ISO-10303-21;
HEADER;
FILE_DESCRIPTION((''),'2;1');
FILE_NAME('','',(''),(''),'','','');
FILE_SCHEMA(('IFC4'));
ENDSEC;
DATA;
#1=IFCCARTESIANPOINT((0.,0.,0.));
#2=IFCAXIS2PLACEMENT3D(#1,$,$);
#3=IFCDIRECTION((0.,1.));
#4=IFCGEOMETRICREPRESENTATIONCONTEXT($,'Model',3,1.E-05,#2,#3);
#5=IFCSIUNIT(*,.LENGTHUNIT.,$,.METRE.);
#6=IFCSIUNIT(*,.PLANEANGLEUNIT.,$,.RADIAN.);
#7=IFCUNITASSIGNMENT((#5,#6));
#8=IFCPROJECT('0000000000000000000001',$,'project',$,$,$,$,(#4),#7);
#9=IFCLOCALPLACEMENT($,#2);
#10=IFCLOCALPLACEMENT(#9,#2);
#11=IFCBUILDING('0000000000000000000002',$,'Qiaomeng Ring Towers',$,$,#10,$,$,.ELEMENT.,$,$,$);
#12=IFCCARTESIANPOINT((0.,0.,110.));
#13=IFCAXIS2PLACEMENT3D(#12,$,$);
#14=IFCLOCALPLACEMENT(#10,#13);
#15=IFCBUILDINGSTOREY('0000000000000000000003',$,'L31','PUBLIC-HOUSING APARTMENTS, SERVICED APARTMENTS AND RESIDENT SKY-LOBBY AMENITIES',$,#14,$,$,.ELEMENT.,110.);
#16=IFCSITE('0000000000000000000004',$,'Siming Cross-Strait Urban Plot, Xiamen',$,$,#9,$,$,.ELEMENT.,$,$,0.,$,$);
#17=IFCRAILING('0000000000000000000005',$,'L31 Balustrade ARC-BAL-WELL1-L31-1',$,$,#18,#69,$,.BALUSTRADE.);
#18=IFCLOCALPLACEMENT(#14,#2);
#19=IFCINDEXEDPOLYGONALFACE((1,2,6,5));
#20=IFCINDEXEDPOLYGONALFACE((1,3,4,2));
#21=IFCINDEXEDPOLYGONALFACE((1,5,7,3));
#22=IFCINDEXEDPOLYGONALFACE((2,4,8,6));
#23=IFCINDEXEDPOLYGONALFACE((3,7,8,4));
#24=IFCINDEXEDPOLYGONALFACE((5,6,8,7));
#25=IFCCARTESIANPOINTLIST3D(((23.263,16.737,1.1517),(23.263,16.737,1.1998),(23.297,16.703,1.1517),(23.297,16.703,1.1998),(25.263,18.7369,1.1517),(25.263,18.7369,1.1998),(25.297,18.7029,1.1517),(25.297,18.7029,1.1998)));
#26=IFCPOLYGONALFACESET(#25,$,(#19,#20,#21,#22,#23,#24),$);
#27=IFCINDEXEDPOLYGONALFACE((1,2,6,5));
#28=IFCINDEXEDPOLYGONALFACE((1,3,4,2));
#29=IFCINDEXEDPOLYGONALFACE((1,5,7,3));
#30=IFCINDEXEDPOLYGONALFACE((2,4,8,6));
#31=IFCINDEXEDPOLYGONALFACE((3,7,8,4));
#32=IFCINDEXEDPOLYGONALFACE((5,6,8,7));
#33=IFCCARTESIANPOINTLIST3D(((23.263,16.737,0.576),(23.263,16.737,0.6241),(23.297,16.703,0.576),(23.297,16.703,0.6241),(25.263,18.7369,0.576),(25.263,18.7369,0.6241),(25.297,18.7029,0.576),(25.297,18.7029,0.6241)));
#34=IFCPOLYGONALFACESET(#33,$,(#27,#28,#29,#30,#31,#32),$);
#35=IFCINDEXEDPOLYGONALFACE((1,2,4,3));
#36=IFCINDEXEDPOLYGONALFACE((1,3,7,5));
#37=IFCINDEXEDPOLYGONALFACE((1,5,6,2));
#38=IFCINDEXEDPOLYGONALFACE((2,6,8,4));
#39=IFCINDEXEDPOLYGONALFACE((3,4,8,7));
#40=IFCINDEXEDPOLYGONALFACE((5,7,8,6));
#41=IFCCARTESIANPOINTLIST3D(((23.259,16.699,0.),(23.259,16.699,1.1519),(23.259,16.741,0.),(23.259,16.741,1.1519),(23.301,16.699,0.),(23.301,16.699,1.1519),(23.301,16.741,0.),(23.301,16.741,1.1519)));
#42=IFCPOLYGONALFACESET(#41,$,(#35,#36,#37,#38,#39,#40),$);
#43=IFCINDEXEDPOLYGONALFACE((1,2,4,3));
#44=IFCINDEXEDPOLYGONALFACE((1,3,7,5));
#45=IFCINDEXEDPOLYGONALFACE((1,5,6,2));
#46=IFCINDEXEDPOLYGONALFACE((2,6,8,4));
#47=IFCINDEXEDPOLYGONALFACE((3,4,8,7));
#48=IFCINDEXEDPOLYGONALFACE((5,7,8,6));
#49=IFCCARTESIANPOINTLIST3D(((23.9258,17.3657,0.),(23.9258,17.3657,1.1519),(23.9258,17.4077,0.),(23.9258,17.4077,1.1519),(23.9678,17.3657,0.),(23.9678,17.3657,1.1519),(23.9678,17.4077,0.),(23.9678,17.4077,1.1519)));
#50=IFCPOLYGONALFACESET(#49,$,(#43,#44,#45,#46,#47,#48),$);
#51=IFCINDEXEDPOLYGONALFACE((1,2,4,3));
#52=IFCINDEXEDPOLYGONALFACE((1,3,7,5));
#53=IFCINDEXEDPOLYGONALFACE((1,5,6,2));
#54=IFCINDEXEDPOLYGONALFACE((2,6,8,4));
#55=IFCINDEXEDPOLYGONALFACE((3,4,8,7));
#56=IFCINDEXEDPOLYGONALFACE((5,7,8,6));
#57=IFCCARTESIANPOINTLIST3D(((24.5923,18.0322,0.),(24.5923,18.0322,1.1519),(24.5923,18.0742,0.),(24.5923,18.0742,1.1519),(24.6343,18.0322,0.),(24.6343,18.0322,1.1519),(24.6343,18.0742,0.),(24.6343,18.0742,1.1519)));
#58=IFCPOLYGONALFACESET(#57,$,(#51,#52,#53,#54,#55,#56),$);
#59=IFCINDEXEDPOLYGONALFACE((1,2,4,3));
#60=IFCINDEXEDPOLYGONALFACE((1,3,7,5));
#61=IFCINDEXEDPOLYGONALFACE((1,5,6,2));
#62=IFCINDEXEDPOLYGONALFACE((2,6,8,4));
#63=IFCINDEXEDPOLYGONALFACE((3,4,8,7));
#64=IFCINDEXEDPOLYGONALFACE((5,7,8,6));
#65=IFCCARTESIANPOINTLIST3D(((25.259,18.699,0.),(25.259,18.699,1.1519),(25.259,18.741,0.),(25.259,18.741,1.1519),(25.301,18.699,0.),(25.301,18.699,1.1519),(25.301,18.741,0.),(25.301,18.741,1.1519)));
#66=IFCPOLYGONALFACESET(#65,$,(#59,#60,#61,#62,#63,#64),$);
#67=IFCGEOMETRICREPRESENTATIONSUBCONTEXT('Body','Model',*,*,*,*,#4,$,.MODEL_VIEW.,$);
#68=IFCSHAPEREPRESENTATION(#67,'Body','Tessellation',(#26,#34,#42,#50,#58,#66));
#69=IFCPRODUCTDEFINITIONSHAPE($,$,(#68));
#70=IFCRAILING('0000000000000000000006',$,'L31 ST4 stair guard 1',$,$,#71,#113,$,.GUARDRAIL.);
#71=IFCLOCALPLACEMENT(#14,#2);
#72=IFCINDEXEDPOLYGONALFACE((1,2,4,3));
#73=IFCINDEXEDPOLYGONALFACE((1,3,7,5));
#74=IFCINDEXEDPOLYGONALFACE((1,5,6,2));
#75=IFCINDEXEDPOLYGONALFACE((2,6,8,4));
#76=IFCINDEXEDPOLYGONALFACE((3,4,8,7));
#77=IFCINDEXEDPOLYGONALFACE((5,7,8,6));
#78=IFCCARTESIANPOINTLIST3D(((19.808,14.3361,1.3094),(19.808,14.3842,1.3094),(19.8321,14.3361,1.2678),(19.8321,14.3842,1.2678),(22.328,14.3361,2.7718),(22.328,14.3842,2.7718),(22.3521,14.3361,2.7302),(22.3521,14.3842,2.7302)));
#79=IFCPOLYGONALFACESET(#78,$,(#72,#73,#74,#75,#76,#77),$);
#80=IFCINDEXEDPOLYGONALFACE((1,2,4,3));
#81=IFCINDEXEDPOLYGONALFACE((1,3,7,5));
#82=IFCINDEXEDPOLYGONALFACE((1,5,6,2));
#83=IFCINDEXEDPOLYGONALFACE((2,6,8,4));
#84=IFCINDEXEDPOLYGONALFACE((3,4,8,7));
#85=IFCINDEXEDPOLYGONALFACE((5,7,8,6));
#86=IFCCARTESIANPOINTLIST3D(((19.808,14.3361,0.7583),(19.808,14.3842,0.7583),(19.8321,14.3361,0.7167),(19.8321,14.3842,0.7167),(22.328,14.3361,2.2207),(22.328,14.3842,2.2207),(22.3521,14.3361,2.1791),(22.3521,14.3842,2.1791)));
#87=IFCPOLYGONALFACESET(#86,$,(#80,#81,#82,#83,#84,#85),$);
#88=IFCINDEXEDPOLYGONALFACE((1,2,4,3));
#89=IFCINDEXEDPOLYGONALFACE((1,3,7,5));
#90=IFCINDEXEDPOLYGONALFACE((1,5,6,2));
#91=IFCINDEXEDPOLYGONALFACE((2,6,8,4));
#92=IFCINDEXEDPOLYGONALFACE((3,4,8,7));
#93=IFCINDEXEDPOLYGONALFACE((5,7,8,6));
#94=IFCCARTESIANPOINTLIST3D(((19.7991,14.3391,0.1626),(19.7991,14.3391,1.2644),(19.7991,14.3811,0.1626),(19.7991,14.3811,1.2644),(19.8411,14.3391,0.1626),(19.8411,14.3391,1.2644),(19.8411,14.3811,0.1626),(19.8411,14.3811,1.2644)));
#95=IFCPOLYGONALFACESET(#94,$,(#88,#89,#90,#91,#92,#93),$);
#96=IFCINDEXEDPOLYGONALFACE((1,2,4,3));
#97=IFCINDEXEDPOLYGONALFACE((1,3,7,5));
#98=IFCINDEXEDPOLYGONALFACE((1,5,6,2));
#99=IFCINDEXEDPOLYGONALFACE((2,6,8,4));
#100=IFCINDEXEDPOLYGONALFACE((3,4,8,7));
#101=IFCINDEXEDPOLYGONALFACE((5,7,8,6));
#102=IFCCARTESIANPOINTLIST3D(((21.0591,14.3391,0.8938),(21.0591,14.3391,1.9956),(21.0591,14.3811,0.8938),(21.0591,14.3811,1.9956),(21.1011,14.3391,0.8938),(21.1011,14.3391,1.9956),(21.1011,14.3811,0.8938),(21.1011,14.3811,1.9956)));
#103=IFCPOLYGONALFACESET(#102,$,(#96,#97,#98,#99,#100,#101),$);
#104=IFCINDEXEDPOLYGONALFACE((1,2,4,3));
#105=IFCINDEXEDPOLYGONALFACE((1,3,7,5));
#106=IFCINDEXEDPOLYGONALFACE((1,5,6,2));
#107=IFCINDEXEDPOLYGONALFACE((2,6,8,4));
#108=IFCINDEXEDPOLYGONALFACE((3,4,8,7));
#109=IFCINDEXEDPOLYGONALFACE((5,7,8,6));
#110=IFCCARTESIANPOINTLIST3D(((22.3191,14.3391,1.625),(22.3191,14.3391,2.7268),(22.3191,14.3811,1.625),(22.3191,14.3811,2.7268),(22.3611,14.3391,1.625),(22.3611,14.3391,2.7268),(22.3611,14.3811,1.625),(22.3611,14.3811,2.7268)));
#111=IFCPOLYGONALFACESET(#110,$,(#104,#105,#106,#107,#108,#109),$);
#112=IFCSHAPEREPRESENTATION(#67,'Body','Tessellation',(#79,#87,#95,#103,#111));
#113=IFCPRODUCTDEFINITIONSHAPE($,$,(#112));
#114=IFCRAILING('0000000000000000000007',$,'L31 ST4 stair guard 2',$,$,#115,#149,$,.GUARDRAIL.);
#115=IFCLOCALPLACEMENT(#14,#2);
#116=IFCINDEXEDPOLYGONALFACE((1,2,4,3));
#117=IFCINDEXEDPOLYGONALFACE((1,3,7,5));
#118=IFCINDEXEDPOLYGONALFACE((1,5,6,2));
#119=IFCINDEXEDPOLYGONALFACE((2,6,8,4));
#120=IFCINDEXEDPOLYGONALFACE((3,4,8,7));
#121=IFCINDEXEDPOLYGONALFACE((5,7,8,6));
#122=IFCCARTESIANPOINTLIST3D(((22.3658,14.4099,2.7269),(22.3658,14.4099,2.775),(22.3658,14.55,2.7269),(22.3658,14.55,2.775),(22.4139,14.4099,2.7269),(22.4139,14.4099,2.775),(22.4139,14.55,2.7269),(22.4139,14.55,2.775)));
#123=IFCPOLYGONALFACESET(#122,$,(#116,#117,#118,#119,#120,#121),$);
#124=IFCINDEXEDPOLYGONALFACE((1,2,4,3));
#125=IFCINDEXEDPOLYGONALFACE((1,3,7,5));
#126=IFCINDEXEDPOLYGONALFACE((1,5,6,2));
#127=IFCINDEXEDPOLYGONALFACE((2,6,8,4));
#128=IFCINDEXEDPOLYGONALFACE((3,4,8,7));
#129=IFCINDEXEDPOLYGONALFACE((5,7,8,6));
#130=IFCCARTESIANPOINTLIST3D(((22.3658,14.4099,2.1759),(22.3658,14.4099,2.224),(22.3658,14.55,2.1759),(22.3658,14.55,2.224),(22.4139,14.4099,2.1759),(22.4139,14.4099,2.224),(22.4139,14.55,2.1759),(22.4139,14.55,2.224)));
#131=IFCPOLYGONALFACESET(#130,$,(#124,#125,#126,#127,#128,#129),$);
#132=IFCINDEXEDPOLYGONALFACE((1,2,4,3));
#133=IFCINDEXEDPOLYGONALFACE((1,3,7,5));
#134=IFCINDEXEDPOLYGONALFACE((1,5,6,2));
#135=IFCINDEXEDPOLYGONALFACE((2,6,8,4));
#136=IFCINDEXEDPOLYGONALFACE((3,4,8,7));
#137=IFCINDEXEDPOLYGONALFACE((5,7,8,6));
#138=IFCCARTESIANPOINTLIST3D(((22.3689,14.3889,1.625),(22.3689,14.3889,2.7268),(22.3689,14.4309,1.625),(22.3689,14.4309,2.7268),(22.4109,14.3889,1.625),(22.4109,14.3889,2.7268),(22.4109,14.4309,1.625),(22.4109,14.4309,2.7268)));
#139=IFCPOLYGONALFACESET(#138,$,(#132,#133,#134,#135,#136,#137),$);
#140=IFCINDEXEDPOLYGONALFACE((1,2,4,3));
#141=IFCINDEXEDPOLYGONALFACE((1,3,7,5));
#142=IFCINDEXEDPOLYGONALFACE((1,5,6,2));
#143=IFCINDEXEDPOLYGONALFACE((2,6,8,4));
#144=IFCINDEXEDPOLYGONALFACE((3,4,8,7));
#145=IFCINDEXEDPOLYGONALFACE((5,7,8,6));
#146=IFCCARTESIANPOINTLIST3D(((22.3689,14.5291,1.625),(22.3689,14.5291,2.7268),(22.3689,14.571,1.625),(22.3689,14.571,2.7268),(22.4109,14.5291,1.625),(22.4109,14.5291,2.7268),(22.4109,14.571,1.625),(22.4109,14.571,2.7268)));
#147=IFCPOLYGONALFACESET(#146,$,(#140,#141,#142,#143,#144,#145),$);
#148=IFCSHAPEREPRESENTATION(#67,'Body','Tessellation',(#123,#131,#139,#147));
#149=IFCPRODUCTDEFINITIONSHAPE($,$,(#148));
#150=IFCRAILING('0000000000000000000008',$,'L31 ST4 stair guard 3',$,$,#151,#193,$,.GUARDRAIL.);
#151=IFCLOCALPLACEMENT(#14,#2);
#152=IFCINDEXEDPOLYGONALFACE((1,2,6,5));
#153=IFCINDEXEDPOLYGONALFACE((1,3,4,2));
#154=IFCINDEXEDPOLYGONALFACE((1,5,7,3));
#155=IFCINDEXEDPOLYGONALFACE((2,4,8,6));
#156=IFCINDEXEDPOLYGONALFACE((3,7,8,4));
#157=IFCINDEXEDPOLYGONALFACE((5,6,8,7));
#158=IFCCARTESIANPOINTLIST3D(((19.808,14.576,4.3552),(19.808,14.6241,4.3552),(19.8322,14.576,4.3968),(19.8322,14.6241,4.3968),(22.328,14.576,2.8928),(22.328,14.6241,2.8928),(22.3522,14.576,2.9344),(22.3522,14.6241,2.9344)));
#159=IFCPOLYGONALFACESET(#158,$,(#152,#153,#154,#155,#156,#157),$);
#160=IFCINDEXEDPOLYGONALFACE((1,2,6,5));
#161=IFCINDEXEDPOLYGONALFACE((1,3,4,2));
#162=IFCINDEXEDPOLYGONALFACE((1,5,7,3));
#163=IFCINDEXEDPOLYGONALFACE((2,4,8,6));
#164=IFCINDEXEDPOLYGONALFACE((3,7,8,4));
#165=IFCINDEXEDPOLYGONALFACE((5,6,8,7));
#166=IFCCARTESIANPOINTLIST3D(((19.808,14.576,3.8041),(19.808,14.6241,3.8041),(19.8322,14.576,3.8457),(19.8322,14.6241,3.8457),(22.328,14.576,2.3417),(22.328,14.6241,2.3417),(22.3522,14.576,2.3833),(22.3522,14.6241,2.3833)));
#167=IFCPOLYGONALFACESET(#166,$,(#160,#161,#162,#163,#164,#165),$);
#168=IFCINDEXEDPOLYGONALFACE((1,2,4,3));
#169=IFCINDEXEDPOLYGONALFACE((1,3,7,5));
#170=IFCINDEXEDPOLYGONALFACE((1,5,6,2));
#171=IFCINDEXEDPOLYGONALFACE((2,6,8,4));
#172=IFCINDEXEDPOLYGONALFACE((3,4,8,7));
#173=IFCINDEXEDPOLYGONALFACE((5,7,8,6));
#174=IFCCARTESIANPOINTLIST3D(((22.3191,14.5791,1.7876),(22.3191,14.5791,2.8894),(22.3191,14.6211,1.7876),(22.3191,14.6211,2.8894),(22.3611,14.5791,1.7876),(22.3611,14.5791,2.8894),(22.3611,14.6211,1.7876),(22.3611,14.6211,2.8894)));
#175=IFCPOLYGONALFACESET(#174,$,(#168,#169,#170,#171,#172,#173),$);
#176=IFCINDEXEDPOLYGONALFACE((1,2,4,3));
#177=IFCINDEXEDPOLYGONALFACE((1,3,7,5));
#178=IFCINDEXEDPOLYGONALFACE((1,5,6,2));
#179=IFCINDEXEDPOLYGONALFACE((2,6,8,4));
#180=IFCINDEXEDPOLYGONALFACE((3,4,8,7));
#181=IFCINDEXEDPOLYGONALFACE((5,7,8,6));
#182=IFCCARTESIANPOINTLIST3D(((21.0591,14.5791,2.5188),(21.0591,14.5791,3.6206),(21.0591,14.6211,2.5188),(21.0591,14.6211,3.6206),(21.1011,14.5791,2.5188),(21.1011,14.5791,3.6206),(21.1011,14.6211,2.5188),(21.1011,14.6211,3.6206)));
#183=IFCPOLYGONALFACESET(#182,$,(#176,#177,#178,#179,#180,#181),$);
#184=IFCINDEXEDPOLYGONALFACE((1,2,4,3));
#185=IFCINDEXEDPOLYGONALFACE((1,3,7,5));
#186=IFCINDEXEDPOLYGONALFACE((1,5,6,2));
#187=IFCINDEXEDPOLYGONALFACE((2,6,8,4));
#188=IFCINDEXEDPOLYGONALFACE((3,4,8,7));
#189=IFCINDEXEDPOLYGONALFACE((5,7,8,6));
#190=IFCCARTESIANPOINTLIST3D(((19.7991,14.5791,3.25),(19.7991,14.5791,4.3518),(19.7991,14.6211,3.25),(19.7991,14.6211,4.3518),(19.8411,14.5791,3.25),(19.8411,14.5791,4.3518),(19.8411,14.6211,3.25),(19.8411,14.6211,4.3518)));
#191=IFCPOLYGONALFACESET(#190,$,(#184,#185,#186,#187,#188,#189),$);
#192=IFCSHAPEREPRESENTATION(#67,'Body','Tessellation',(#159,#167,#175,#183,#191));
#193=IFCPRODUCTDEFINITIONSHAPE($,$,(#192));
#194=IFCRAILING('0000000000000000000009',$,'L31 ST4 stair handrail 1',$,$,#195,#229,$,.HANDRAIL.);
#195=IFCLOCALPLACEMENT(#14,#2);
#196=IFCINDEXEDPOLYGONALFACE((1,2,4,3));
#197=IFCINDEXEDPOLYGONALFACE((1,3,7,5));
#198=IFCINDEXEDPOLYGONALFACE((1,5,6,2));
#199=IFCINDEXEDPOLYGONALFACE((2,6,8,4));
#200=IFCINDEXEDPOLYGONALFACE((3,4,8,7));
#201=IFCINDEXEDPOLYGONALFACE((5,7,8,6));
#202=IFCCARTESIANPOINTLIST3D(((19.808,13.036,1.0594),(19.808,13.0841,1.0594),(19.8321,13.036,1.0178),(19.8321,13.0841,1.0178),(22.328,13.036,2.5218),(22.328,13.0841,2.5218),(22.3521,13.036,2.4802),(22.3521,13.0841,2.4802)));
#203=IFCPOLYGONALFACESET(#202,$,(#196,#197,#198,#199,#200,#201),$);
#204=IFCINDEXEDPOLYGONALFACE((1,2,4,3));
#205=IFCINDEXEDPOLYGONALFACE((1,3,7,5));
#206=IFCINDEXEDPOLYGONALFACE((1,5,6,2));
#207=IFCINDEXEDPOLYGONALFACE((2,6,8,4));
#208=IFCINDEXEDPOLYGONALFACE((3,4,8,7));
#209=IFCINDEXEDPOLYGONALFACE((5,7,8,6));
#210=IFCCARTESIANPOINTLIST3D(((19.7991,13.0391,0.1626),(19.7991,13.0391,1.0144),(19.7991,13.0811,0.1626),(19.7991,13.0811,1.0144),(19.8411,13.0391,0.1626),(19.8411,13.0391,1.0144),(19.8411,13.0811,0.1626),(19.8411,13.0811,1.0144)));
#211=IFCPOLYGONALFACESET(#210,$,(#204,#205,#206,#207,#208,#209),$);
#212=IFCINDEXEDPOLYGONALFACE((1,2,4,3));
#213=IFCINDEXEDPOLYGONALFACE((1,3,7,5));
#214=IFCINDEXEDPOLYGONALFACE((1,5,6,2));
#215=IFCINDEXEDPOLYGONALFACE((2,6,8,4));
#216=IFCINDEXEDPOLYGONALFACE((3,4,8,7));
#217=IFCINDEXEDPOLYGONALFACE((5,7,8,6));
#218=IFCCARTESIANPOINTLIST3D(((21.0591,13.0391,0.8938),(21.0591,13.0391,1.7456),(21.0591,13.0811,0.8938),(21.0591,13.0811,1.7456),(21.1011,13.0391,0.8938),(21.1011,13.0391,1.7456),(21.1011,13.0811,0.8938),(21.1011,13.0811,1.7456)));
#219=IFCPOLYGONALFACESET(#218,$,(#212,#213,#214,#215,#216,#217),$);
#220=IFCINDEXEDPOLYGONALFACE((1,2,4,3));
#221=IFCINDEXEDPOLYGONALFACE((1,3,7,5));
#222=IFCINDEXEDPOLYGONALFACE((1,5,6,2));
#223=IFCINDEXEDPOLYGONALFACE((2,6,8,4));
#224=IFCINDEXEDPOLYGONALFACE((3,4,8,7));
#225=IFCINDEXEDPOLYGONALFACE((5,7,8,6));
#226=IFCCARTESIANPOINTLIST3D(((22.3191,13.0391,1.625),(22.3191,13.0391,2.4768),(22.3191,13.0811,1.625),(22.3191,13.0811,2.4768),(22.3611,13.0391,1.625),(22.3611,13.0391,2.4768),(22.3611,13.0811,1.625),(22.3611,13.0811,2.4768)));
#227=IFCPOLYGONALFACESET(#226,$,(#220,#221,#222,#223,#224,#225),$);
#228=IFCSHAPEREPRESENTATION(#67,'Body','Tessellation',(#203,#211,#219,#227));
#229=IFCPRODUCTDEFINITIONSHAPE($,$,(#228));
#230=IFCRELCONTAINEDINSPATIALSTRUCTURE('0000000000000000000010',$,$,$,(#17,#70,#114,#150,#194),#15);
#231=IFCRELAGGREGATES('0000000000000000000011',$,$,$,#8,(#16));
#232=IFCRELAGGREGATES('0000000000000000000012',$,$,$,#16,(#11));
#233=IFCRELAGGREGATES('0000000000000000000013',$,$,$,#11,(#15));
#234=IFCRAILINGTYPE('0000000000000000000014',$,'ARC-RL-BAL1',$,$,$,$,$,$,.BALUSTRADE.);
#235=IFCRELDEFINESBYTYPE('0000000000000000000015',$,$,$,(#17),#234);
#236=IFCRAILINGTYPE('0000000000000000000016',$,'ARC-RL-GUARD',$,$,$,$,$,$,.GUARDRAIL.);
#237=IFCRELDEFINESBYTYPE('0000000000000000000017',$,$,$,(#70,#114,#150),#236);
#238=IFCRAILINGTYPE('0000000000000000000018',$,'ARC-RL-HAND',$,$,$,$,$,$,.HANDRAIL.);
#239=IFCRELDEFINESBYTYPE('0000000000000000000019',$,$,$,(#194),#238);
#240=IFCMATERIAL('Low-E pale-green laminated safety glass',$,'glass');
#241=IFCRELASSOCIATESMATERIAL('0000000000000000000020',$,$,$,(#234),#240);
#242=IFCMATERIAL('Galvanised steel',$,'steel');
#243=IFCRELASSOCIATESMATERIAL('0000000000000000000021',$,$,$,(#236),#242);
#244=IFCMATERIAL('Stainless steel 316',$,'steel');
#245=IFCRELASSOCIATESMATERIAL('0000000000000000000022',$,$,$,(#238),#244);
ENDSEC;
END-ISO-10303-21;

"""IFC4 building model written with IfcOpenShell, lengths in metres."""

from ifc_helpers import new_model, si_unit, direction, frame, origin, origin_2d, place, context, subcontext, project, spatial, rectangle, extrude, material, type_object, element, save


model = new_model("IFC4")

# Units and contexts
model_context = context("Model", 3, precision=1e-05, world=origin(), true_north=direction((0.0, 1.0)))
body_context = subcontext(model_context, "Body", "Model", "MODEL_VIEW")
ifc_project = project(units=[si_unit("LENGTHUNIT", "METRE"), si_unit("PLANEANGLEUNIT", "RADIAN")], contexts=[model_context])

# Site, building, storey
site_placement = place(None, origin())
site = spatial("IfcSite", under=ifc_project, at=site_placement, Name="Siming Cross-Strait Urban Plot, Xiamen", CompositionType="ELEMENT", RefElevation=0.0)
building_placement = place(site_placement, origin())
building = spatial("IfcBuilding", under=site, at=building_placement, Name="Qiaomeng Ring Towers", CompositionType="ELEMENT")
storey_placement = place(building_placement, frame((0.0, 0.0, 110.0)))
storey = spatial("IfcBuildingStorey", under=building, at=storey_placement, Name="L31", Description="PUBLIC-HOUSING APARTMENTS, SERVICED APARTMENTS AND RESIDENT SKY-LOBBY AMENITIES", CompositionType="ELEMENT", Elevation=110.0)

# Shared definitions
ifc_material_1 = material(Name="Stainless steel 316", Category="steel")

# Railings
ifc_material_2 = material(Name="Low-E pale-green laminated safety glass", Category="glass")
railing_type_1 = type_object("IfcRailingType", Name="ARC-RL-BAL1", PredefinedType="BALUSTRADE", material=ifc_material_2)
railing_1_placement = place(storey_placement, frame((23.28, 16.72, 0.0)))
element("IfcRailing", 1, at=railing_1_placement, inside=storey, type_object=railing_type_1, Name="L31 Balustrade ARC-BAL-WELL1-L31-1", PredefinedType="BALUSTRADE", context=body_context, shape_type="SweptSolid", body=[
    extrude(rectangle(XDim=0.0481, YDim=0.0481, at=origin_2d()), frame((0.0, 0.0, 1.1758), z_axis=(0.707107, 0.707107, 0.0), x_axis=(-0.707107, 0.707107, 0.0)), (0.0, 0.0, 1.0), 2.8284),
    extrude(rectangle(XDim=0.0481, YDim=0.0481, at=origin_2d()), frame((0.0, 0.0, 0.6001), z_axis=(0.707107, 0.707107, 0.0), x_axis=(-0.707107, 0.707107, 0.0)), (0.0, 0.0, 1.0), 2.8284),
    extrude(rectangle(XDim=0.042, YDim=0.042, at=origin_2d()), origin(), (0.0, 0.0, 1.0), 1.1519),
    extrude(rectangle(XDim=0.042, YDim=0.042, at=origin_2d()), frame((0.6667, 0.6667, 0.0)), (0.0, 0.0, 1.0), 1.1519),
    extrude(rectangle(XDim=0.042, YDim=0.042, at=origin_2d()), frame((1.3333, 1.3333, 0.0)), (0.0, 0.0, 1.0), 1.1519),
    extrude(rectangle(XDim=0.042, YDim=0.042, at=origin_2d()), frame((2.0, 2.0, 0.0)), (0.0, 0.0, 1.0), 1.1519),
])
ifc_material_3 = material(Name="Galvanised steel", Category="steel")
railing_type_2 = type_object("IfcRailingType", Name="ARC-RL-GUARD", PredefinedType="GUARDRAIL", material=ifc_material_3)
railing_2_placement = place(storey_placement, frame((19.8201, 14.3601, 0.1626)))
element("IfcRailing", 2, at=railing_2_placement, inside=storey, type_object=railing_type_2, Name="L31 ST4 stair guard 1", PredefinedType="GUARDRAIL", context=body_context, shape_type="SweptSolid", body=[
    extrude(rectangle(XDim=0.0481, YDim=0.0481, at=origin_2d()), frame((0.0, 0.0, 1.126), z_axis=(0.864913, 0.0, 0.501921), x_axis=(0.0, 1.0, 0.0)), (0.0, 0.0, 1.0), 2.9136),
    extrude(rectangle(XDim=0.0481, YDim=0.0481, at=origin_2d()), frame((0.0, 0.0, 0.575), z_axis=(0.864913, 0.0, 0.501921), x_axis=(0.0, 1.0, 0.0)), (0.0, 0.0, 1.0), 2.9136),
    extrude(rectangle(XDim=0.042, YDim=0.042, at=origin_2d()), origin(), (0.0, 0.0, 1.0), 1.1018),
    extrude(rectangle(XDim=0.042, YDim=0.042, at=origin_2d()), frame((1.26, 0.0, 0.7312)), (0.0, 0.0, 1.0), 1.1018),
    extrude(rectangle(XDim=0.042, YDim=0.042, at=origin_2d()), frame((2.52, 0.0, 1.4624)), (0.0, 0.0, 1.0), 1.1018),
])
railing_3_placement = place(storey_placement, frame((22.3899, 14.4099, 1.625)))
element("IfcRailing", 3, at=railing_3_placement, inside=storey, type_object=railing_type_2, Name="L31 ST4 stair guard 2", PredefinedType="GUARDRAIL", context=body_context, shape_type="SweptSolid", body=[
    extrude(rectangle(XDim=0.0481, YDim=0.0481, at=origin_2d()), frame((0.0, 0.0, 1.126), z_axis=(0.0, 1.0, 0.0), x_axis=(-1.0, 0.0, 0.0)), (0.0, 0.0, 1.0), 0.1401),
    extrude(rectangle(XDim=0.0481, YDim=0.0481, at=origin_2d()), frame((0.0, 0.0, 0.575), z_axis=(0.0, 1.0, 0.0), x_axis=(-1.0, 0.0, 0.0)), (0.0, 0.0, 1.0), 0.1401),
    extrude(rectangle(XDim=0.042, YDim=0.042, at=origin_2d()), origin(), (0.0, 0.0, 1.0), 1.1018),
    extrude(rectangle(XDim=0.042, YDim=0.042, at=origin_2d()), frame((0.0, 0.1401, 0.0)), (0.0, 0.0, 1.0), 1.1018),
])
railing_4_placement = place(storey_placement, frame((22.3401, 14.6001, 1.7876)))
element("IfcRailing", 4, at=railing_4_placement, inside=storey, type_object=railing_type_2, Name="L31 ST4 stair guard 3", PredefinedType="GUARDRAIL", context=body_context, shape_type="SweptSolid", body=[
    extrude(rectangle(XDim=0.0481, YDim=0.0481, at=origin_2d()), frame((0.0, 0.0, 1.126), z_axis=(-0.864913, 0.0, 0.501921), x_axis=(0.0, -1.0, 0.0)), (0.0, 0.0, 1.0), 2.9136),
    extrude(rectangle(XDim=0.0481, YDim=0.0481, at=origin_2d()), frame((0.0, 0.0, 0.575), z_axis=(-0.864913, 0.0, 0.501921), x_axis=(0.0, -1.0, 0.0)), (0.0, 0.0, 1.0), 2.9136),
    extrude(rectangle(XDim=0.042, YDim=0.042, at=origin_2d()), origin(), (0.0, 0.0, 1.0), 1.1018),
    extrude(rectangle(XDim=0.042, YDim=0.042, at=origin_2d()), frame((-1.26, 0.0, 0.7312)), (0.0, 0.0, 1.0), 1.1018),
    extrude(rectangle(XDim=0.042, YDim=0.042, at=origin_2d()), frame((-2.52, 0.0, 1.4624)), (0.0, 0.0, 1.0), 1.1018),
])
railing_type_3 = type_object("IfcRailingType", Name="ARC-RL-HAND", PredefinedType="HANDRAIL", material=ifc_material_1)
railing_5_placement = place(storey_placement, frame((19.8201, 13.0601, 0.1626)))
element("IfcRailing", 5, at=railing_5_placement, inside=storey, type_object=railing_type_3, Name="L31 ST4 stair handrail 1", PredefinedType="HANDRAIL", context=body_context, shape_type="SweptSolid", body=[
    extrude(rectangle(XDim=0.0481, YDim=0.0481, at=origin_2d()), frame((0.0, 0.0, 0.876), z_axis=(0.864913, 0.0, 0.501921), x_axis=(0.0, 1.0, 0.0)), (0.0, 0.0, 1.0), 2.9136),
    extrude(rectangle(XDim=0.042, YDim=0.042, at=origin_2d()), origin(), (0.0, 0.0, 1.0), 0.8518),
    extrude(rectangle(XDim=0.042, YDim=0.042, at=origin_2d()), frame((1.26, 0.0, 0.7312)), (0.0, 0.0, 1.0), 0.8518),
    extrude(rectangle(XDim=0.042, YDim=0.042, at=origin_2d()), frame((2.52, 0.0, 1.4624)), (0.0, 0.0, 1.0), 0.8518),
])

save(model, "model.ifc")
